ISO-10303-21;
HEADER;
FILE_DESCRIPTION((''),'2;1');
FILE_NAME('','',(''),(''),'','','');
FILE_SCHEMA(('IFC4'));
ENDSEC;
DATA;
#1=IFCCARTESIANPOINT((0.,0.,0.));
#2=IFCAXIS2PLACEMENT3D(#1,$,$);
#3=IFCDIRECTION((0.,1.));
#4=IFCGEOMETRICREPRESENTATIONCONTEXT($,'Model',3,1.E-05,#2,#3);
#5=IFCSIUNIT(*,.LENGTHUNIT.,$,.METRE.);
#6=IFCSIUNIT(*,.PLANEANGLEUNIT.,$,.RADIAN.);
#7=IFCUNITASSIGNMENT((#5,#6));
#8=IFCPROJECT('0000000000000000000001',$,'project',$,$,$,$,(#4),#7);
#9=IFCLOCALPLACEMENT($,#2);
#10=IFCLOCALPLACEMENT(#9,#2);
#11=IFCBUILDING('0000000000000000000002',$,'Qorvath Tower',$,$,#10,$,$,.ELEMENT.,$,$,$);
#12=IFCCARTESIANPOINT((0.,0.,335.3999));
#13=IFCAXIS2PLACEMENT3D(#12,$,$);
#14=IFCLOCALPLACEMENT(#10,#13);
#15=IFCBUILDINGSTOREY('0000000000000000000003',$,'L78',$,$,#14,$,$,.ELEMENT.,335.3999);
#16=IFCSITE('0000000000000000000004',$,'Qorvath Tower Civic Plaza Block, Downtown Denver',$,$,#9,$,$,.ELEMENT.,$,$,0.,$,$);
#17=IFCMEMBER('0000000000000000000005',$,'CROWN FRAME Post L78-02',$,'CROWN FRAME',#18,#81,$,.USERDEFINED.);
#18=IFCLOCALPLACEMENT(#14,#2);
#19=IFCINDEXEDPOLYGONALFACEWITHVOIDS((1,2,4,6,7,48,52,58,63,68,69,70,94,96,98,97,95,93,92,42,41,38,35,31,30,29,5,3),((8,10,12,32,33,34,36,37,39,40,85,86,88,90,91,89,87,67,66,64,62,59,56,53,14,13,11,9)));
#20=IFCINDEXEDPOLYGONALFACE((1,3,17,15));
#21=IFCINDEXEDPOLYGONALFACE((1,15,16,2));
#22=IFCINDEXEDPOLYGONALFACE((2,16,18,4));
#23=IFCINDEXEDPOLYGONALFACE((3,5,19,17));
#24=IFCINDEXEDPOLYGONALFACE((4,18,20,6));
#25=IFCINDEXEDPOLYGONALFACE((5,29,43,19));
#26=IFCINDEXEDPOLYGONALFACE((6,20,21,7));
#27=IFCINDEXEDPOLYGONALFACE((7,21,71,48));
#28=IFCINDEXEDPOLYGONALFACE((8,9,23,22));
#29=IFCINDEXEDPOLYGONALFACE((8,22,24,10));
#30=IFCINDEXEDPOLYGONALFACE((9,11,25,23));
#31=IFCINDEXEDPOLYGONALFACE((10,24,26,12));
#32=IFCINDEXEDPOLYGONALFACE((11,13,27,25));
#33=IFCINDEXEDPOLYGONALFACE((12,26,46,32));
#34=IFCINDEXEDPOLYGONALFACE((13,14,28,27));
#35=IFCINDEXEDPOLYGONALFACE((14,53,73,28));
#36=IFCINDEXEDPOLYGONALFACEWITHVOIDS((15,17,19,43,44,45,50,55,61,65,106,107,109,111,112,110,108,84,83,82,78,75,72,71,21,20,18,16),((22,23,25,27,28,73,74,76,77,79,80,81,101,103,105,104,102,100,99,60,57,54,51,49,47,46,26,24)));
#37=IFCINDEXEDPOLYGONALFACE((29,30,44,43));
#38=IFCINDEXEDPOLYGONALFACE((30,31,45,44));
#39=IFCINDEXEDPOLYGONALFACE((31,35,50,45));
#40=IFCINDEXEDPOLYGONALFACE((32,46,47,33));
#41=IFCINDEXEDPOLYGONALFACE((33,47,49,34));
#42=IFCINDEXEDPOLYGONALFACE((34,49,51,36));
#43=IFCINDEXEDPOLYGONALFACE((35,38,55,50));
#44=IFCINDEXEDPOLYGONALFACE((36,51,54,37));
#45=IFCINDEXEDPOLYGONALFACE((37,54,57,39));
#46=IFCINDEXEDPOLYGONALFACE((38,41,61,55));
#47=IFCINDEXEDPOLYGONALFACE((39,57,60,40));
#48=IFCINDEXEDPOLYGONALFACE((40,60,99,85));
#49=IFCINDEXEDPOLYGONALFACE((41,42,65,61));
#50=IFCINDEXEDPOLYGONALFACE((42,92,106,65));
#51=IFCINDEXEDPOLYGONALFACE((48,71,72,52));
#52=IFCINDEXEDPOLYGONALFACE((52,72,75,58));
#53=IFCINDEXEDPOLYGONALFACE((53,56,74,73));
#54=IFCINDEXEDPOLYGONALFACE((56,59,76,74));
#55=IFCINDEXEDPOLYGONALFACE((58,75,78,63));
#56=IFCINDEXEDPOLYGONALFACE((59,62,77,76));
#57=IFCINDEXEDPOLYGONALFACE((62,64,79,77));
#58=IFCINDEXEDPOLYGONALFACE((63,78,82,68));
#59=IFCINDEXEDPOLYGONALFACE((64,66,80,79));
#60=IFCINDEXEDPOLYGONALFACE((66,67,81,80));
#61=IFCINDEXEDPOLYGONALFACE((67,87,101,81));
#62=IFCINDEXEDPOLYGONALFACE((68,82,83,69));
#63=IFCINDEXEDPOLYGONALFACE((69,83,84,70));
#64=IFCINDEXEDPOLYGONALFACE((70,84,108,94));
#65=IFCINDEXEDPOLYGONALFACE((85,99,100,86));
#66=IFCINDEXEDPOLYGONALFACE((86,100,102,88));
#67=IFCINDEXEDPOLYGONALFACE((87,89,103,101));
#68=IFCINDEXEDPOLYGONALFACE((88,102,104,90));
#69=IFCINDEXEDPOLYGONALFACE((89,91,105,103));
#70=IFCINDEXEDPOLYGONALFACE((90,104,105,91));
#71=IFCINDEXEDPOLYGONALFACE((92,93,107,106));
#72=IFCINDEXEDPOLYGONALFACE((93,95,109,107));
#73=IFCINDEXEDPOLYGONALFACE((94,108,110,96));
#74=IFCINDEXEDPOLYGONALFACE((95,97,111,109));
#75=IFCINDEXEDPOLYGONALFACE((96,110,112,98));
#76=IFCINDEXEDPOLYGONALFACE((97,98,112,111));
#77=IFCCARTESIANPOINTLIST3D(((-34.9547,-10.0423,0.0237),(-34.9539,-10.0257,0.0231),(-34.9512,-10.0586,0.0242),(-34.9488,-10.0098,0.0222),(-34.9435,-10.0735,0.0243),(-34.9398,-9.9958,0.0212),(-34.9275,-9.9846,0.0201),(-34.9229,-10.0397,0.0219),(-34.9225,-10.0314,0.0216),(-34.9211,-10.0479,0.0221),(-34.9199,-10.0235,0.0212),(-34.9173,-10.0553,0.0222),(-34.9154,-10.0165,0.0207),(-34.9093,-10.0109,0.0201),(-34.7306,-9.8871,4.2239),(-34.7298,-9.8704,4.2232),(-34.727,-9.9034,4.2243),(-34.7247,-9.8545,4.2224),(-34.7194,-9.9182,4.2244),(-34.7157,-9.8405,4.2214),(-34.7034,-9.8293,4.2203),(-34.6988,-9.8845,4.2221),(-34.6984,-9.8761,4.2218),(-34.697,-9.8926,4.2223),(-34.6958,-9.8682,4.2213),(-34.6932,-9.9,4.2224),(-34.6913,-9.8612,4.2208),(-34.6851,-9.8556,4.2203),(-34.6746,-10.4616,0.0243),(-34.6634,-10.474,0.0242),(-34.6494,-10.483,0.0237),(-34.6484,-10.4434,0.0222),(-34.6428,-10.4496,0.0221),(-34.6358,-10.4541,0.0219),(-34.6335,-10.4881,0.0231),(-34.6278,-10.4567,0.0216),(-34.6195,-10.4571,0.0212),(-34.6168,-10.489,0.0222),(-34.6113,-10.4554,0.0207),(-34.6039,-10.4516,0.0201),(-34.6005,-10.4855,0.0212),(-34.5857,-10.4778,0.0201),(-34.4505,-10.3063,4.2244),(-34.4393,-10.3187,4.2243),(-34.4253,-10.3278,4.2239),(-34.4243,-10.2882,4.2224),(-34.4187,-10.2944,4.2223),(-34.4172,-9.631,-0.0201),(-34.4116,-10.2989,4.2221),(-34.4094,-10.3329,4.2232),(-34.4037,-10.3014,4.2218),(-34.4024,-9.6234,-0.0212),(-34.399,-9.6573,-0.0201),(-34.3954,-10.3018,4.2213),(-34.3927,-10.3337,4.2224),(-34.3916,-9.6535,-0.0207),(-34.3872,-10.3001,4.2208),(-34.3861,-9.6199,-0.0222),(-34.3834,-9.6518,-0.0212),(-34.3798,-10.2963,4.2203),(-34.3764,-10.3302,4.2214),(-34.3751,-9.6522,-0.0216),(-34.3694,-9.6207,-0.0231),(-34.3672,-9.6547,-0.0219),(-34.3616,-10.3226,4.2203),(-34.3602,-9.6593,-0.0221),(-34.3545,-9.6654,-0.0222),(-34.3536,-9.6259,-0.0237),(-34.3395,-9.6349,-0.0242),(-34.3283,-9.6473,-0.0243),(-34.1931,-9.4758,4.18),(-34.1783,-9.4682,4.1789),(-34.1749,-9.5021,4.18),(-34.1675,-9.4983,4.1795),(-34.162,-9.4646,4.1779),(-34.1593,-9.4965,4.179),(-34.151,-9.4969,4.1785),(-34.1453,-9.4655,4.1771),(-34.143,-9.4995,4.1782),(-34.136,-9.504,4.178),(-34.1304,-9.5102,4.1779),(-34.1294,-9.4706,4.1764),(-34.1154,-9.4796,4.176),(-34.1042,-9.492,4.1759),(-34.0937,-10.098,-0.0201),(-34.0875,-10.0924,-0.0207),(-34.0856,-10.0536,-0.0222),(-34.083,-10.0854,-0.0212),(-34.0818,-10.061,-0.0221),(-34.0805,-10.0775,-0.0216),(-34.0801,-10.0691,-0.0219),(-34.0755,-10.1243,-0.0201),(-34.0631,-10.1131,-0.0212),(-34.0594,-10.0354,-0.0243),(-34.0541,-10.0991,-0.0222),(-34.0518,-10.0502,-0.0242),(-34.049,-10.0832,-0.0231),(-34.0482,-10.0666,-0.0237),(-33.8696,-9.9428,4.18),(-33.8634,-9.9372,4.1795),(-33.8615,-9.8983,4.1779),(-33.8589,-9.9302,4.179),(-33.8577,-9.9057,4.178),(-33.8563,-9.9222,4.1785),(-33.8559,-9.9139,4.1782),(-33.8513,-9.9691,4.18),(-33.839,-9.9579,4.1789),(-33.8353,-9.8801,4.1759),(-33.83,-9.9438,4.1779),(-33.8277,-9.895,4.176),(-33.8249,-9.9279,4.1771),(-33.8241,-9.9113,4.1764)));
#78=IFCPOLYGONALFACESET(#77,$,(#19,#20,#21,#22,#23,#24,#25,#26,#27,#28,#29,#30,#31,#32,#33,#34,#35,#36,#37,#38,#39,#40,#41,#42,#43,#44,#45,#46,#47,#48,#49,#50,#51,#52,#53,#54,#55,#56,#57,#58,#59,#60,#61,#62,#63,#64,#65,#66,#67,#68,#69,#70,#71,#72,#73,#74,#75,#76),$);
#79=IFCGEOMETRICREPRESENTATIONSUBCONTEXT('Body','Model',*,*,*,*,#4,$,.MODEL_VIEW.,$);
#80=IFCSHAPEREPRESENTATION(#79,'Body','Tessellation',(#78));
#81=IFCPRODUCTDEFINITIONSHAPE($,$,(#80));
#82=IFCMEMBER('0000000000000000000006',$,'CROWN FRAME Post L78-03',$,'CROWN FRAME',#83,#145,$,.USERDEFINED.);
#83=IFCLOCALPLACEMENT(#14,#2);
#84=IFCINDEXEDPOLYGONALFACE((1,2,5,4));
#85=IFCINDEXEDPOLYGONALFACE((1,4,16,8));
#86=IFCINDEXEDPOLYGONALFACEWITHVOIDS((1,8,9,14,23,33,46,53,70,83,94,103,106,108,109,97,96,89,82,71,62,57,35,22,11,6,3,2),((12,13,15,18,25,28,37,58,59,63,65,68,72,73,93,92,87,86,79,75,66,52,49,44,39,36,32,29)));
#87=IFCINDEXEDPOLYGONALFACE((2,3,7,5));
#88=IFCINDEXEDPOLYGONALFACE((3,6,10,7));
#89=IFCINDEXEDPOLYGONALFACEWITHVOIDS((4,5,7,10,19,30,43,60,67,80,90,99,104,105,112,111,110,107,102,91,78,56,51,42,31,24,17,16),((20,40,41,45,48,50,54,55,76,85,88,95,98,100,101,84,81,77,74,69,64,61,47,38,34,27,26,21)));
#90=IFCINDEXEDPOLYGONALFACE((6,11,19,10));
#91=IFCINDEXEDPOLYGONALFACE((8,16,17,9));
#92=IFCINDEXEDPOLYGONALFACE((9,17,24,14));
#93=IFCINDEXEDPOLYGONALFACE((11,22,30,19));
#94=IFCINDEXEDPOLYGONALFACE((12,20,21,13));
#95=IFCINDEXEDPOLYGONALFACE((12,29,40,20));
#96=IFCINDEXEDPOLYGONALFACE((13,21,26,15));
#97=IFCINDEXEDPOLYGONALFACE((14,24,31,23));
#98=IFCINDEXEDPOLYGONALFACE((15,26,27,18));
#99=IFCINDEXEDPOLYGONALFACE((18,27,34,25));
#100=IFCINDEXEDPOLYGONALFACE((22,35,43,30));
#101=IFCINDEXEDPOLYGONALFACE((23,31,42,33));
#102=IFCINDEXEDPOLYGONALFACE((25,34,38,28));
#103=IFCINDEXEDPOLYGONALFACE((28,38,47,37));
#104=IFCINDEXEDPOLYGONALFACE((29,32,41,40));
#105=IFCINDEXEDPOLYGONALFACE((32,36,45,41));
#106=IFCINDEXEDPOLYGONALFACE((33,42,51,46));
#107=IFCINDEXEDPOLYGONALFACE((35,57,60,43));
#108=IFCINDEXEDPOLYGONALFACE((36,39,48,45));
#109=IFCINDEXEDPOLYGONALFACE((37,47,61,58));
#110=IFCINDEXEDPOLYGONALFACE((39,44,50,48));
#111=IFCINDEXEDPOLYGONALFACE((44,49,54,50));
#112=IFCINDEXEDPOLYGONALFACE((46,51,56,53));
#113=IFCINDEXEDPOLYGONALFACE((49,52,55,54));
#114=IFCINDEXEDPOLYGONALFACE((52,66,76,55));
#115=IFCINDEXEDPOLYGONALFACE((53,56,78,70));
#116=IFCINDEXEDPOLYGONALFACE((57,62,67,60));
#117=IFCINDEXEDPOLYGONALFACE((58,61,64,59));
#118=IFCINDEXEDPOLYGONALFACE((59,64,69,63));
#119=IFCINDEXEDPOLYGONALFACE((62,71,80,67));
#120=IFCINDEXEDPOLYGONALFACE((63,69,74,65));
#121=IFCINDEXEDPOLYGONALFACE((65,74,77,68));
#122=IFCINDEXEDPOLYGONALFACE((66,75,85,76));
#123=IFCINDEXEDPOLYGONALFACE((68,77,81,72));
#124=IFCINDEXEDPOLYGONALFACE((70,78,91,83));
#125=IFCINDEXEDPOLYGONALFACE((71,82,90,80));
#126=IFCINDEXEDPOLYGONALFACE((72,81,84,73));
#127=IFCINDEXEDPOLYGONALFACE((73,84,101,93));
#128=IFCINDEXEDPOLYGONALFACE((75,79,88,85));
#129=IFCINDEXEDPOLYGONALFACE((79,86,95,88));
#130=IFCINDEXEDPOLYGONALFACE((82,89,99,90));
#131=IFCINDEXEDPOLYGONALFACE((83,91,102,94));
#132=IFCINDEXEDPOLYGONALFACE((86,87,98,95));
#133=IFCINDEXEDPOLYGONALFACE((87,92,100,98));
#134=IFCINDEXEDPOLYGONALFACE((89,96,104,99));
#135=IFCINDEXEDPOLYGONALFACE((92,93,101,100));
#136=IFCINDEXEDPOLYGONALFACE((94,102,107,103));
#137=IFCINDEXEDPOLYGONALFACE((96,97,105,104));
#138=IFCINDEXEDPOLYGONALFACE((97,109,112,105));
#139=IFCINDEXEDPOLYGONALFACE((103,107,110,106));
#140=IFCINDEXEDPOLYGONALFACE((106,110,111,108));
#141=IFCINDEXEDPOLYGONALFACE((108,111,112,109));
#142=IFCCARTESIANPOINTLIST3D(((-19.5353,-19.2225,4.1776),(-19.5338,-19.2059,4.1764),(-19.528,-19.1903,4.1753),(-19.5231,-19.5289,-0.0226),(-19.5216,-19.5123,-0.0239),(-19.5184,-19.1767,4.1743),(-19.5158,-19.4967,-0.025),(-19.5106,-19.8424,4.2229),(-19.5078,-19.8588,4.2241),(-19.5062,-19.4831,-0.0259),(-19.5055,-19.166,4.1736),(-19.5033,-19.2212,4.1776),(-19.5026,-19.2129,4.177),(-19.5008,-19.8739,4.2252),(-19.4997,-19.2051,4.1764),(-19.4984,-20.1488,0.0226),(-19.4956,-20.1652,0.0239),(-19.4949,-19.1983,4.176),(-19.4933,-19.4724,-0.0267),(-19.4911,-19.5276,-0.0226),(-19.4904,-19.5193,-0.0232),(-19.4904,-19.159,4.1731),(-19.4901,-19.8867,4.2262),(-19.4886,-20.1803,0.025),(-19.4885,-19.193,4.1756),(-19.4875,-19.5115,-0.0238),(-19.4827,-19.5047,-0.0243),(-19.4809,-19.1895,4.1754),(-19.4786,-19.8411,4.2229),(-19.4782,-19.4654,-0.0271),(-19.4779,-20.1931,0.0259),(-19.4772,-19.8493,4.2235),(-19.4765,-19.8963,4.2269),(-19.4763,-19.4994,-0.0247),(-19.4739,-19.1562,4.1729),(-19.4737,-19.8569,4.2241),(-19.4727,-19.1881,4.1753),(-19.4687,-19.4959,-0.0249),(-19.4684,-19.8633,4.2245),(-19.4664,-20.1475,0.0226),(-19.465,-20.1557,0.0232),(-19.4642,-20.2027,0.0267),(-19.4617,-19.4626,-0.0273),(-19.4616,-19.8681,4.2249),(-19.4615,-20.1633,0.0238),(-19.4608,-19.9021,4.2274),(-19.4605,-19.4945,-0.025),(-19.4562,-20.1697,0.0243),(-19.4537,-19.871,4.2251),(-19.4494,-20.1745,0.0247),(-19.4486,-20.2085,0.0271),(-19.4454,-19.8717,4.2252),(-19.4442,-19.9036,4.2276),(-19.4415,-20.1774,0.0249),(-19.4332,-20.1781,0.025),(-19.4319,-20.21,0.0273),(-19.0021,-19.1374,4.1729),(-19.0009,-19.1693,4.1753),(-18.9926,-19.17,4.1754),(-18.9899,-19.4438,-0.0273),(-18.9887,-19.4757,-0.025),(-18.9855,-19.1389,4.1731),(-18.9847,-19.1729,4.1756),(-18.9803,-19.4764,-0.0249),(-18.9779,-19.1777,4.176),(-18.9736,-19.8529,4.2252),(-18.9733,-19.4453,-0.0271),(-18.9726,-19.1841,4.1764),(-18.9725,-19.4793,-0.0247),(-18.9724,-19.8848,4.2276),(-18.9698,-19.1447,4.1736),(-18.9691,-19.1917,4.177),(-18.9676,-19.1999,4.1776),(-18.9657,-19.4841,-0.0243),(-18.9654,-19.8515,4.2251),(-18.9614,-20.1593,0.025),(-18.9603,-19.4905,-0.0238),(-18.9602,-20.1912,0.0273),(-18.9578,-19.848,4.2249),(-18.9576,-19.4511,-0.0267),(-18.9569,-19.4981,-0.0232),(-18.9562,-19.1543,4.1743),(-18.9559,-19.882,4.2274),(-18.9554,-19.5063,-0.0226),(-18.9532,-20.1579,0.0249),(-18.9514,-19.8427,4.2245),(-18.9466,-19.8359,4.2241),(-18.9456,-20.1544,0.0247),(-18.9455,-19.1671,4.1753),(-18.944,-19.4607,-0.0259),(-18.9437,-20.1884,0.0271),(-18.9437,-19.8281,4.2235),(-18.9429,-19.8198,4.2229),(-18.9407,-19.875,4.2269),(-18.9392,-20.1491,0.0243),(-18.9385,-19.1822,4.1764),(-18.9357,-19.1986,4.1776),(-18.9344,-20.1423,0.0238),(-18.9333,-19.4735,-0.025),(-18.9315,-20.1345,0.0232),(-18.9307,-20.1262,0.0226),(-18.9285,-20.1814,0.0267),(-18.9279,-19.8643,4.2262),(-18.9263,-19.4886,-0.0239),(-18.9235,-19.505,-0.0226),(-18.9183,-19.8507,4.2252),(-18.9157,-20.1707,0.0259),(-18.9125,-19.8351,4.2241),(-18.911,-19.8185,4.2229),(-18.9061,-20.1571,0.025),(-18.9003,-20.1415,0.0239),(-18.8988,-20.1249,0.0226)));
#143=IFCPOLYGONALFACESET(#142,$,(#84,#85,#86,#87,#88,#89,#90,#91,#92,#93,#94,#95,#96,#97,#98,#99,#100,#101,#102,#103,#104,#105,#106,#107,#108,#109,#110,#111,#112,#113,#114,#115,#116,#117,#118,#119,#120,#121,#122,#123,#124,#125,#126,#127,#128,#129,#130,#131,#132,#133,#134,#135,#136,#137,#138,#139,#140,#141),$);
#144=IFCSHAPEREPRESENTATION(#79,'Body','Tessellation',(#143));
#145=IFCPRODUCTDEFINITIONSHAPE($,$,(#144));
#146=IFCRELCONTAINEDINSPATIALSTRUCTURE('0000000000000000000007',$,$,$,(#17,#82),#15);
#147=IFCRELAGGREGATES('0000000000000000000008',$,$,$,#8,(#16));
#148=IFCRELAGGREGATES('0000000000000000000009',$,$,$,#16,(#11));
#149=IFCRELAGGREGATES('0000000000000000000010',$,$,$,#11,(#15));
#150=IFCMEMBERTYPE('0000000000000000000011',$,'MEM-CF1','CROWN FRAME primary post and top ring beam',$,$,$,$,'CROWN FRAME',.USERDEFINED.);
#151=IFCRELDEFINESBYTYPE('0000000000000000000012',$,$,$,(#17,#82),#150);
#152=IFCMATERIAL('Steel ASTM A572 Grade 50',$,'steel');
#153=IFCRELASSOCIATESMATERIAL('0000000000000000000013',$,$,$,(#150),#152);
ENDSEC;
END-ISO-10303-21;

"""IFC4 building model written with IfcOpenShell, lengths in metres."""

from ifc_helpers import new_model, si_unit, direction, frame, origin, origin_2d, place, context, subcontext, project, spatial, hollow_rectangle, extrude, material, material_profile, profile_set, type_object, element, save


model = new_model("IFC4")

# Units and contexts
model_context = context("Model", 3, precision=1e-05, world=origin(), true_north=direction((0.0, 1.0)))
body_context = subcontext(model_context, "Body", "Model", "MODEL_VIEW")
ifc_project = project(units=[si_unit("LENGTHUNIT", "METRE"), si_unit("PLANEANGLEUNIT", "RADIAN")], contexts=[model_context])

# Site, building, storey
site_placement = place(None, origin())
site = spatial("IfcSite", under=ifc_project, at=site_placement, Name="Qorvath Tower Civic Plaza Block, Downtown Denver", CompositionType="ELEMENT", RefElevation=0.0)
building_placement = place(site_placement, origin())
building = spatial("IfcBuilding", under=site, at=building_placement, Name="Qorvath Tower", CompositionType="ELEMENT")
storey_placement = place(building_placement, frame((0.0, 0.0, 335.3999)))
storey = spatial("IfcBuildingStorey", under=building, at=storey_placement, Name="L78", CompositionType="ELEMENT", Elevation=335.3999)

# Members
ifc_material_1 = material(Name="Steel ASTM A572 Grade 50", Category="steel")
ifc_material_profile_1 = material_profile(ifc_material_1, hollow_rectangle(XDim=0.6001, YDim=0.75, WallThickness=0.032, InnerFilletRadius=0.032, OuterFilletRadius=0.064, at=origin_2d()), Name="CROWN BOX 750x600x32")
ifc_profile_set_1 = profile_set([ifc_material_profile_1], Name="Steel ASTM A572 Grade 50")
member_type_1 = type_object("IfcMemberType", Name="MEM-CF1", Description="CROWN FRAME primary post and top ring beam", ElementType="CROWN FRAME", PredefinedType="USERDEFINED", material=ifc_profile_set_1)
member_1_placement = place(storey_placement, frame((-34.5015, -10.0544, 0.0), z_axis=(0.053248, 0.036891, 0.9979), x_axis=(-0.569489, 0.821999, 0.0)))
element("IfcMember", 1, at=member_1_placement, inside=storey, type_object=member_type_1, Name="CROWN FRAME Post L78-02", ObjectType="CROWN FRAME", PredefinedType="USERDEFINED", context=body_context, shape_type="SweptSolid", body=[
    extrude(hollow_rectangle(XDim=0.6001, YDim=0.75, WallThickness=0.032, InnerFilletRadius=0.032, OuterFilletRadius=0.064, at=origin_2d()), origin(), (0.0, 0.0, 1.0), 4.209),
])
member_2_placement = place(storey_placement, frame((-19.2109, -19.8269, 0.0), z_axis=(-0.002899, 0.072755, 0.997346), x_axis=(-0.999207, -0.039809, 0.0)))
element("IfcMember", 2, at=member_2_placement, inside=storey, type_object=member_type_1, Name="CROWN FRAME Post L78-03", ObjectType="CROWN FRAME", PredefinedType="USERDEFINED", context=body_context, shape_type="SweptSolid", body=[
    extrude(hollow_rectangle(XDim=0.6001, YDim=0.75, WallThickness=0.032, InnerFilletRadius=0.032, OuterFilletRadius=0.064, at=origin_2d()), origin(), (0.0, 0.0, 1.0), 4.2114),
])

save(model, "model.ifc")
